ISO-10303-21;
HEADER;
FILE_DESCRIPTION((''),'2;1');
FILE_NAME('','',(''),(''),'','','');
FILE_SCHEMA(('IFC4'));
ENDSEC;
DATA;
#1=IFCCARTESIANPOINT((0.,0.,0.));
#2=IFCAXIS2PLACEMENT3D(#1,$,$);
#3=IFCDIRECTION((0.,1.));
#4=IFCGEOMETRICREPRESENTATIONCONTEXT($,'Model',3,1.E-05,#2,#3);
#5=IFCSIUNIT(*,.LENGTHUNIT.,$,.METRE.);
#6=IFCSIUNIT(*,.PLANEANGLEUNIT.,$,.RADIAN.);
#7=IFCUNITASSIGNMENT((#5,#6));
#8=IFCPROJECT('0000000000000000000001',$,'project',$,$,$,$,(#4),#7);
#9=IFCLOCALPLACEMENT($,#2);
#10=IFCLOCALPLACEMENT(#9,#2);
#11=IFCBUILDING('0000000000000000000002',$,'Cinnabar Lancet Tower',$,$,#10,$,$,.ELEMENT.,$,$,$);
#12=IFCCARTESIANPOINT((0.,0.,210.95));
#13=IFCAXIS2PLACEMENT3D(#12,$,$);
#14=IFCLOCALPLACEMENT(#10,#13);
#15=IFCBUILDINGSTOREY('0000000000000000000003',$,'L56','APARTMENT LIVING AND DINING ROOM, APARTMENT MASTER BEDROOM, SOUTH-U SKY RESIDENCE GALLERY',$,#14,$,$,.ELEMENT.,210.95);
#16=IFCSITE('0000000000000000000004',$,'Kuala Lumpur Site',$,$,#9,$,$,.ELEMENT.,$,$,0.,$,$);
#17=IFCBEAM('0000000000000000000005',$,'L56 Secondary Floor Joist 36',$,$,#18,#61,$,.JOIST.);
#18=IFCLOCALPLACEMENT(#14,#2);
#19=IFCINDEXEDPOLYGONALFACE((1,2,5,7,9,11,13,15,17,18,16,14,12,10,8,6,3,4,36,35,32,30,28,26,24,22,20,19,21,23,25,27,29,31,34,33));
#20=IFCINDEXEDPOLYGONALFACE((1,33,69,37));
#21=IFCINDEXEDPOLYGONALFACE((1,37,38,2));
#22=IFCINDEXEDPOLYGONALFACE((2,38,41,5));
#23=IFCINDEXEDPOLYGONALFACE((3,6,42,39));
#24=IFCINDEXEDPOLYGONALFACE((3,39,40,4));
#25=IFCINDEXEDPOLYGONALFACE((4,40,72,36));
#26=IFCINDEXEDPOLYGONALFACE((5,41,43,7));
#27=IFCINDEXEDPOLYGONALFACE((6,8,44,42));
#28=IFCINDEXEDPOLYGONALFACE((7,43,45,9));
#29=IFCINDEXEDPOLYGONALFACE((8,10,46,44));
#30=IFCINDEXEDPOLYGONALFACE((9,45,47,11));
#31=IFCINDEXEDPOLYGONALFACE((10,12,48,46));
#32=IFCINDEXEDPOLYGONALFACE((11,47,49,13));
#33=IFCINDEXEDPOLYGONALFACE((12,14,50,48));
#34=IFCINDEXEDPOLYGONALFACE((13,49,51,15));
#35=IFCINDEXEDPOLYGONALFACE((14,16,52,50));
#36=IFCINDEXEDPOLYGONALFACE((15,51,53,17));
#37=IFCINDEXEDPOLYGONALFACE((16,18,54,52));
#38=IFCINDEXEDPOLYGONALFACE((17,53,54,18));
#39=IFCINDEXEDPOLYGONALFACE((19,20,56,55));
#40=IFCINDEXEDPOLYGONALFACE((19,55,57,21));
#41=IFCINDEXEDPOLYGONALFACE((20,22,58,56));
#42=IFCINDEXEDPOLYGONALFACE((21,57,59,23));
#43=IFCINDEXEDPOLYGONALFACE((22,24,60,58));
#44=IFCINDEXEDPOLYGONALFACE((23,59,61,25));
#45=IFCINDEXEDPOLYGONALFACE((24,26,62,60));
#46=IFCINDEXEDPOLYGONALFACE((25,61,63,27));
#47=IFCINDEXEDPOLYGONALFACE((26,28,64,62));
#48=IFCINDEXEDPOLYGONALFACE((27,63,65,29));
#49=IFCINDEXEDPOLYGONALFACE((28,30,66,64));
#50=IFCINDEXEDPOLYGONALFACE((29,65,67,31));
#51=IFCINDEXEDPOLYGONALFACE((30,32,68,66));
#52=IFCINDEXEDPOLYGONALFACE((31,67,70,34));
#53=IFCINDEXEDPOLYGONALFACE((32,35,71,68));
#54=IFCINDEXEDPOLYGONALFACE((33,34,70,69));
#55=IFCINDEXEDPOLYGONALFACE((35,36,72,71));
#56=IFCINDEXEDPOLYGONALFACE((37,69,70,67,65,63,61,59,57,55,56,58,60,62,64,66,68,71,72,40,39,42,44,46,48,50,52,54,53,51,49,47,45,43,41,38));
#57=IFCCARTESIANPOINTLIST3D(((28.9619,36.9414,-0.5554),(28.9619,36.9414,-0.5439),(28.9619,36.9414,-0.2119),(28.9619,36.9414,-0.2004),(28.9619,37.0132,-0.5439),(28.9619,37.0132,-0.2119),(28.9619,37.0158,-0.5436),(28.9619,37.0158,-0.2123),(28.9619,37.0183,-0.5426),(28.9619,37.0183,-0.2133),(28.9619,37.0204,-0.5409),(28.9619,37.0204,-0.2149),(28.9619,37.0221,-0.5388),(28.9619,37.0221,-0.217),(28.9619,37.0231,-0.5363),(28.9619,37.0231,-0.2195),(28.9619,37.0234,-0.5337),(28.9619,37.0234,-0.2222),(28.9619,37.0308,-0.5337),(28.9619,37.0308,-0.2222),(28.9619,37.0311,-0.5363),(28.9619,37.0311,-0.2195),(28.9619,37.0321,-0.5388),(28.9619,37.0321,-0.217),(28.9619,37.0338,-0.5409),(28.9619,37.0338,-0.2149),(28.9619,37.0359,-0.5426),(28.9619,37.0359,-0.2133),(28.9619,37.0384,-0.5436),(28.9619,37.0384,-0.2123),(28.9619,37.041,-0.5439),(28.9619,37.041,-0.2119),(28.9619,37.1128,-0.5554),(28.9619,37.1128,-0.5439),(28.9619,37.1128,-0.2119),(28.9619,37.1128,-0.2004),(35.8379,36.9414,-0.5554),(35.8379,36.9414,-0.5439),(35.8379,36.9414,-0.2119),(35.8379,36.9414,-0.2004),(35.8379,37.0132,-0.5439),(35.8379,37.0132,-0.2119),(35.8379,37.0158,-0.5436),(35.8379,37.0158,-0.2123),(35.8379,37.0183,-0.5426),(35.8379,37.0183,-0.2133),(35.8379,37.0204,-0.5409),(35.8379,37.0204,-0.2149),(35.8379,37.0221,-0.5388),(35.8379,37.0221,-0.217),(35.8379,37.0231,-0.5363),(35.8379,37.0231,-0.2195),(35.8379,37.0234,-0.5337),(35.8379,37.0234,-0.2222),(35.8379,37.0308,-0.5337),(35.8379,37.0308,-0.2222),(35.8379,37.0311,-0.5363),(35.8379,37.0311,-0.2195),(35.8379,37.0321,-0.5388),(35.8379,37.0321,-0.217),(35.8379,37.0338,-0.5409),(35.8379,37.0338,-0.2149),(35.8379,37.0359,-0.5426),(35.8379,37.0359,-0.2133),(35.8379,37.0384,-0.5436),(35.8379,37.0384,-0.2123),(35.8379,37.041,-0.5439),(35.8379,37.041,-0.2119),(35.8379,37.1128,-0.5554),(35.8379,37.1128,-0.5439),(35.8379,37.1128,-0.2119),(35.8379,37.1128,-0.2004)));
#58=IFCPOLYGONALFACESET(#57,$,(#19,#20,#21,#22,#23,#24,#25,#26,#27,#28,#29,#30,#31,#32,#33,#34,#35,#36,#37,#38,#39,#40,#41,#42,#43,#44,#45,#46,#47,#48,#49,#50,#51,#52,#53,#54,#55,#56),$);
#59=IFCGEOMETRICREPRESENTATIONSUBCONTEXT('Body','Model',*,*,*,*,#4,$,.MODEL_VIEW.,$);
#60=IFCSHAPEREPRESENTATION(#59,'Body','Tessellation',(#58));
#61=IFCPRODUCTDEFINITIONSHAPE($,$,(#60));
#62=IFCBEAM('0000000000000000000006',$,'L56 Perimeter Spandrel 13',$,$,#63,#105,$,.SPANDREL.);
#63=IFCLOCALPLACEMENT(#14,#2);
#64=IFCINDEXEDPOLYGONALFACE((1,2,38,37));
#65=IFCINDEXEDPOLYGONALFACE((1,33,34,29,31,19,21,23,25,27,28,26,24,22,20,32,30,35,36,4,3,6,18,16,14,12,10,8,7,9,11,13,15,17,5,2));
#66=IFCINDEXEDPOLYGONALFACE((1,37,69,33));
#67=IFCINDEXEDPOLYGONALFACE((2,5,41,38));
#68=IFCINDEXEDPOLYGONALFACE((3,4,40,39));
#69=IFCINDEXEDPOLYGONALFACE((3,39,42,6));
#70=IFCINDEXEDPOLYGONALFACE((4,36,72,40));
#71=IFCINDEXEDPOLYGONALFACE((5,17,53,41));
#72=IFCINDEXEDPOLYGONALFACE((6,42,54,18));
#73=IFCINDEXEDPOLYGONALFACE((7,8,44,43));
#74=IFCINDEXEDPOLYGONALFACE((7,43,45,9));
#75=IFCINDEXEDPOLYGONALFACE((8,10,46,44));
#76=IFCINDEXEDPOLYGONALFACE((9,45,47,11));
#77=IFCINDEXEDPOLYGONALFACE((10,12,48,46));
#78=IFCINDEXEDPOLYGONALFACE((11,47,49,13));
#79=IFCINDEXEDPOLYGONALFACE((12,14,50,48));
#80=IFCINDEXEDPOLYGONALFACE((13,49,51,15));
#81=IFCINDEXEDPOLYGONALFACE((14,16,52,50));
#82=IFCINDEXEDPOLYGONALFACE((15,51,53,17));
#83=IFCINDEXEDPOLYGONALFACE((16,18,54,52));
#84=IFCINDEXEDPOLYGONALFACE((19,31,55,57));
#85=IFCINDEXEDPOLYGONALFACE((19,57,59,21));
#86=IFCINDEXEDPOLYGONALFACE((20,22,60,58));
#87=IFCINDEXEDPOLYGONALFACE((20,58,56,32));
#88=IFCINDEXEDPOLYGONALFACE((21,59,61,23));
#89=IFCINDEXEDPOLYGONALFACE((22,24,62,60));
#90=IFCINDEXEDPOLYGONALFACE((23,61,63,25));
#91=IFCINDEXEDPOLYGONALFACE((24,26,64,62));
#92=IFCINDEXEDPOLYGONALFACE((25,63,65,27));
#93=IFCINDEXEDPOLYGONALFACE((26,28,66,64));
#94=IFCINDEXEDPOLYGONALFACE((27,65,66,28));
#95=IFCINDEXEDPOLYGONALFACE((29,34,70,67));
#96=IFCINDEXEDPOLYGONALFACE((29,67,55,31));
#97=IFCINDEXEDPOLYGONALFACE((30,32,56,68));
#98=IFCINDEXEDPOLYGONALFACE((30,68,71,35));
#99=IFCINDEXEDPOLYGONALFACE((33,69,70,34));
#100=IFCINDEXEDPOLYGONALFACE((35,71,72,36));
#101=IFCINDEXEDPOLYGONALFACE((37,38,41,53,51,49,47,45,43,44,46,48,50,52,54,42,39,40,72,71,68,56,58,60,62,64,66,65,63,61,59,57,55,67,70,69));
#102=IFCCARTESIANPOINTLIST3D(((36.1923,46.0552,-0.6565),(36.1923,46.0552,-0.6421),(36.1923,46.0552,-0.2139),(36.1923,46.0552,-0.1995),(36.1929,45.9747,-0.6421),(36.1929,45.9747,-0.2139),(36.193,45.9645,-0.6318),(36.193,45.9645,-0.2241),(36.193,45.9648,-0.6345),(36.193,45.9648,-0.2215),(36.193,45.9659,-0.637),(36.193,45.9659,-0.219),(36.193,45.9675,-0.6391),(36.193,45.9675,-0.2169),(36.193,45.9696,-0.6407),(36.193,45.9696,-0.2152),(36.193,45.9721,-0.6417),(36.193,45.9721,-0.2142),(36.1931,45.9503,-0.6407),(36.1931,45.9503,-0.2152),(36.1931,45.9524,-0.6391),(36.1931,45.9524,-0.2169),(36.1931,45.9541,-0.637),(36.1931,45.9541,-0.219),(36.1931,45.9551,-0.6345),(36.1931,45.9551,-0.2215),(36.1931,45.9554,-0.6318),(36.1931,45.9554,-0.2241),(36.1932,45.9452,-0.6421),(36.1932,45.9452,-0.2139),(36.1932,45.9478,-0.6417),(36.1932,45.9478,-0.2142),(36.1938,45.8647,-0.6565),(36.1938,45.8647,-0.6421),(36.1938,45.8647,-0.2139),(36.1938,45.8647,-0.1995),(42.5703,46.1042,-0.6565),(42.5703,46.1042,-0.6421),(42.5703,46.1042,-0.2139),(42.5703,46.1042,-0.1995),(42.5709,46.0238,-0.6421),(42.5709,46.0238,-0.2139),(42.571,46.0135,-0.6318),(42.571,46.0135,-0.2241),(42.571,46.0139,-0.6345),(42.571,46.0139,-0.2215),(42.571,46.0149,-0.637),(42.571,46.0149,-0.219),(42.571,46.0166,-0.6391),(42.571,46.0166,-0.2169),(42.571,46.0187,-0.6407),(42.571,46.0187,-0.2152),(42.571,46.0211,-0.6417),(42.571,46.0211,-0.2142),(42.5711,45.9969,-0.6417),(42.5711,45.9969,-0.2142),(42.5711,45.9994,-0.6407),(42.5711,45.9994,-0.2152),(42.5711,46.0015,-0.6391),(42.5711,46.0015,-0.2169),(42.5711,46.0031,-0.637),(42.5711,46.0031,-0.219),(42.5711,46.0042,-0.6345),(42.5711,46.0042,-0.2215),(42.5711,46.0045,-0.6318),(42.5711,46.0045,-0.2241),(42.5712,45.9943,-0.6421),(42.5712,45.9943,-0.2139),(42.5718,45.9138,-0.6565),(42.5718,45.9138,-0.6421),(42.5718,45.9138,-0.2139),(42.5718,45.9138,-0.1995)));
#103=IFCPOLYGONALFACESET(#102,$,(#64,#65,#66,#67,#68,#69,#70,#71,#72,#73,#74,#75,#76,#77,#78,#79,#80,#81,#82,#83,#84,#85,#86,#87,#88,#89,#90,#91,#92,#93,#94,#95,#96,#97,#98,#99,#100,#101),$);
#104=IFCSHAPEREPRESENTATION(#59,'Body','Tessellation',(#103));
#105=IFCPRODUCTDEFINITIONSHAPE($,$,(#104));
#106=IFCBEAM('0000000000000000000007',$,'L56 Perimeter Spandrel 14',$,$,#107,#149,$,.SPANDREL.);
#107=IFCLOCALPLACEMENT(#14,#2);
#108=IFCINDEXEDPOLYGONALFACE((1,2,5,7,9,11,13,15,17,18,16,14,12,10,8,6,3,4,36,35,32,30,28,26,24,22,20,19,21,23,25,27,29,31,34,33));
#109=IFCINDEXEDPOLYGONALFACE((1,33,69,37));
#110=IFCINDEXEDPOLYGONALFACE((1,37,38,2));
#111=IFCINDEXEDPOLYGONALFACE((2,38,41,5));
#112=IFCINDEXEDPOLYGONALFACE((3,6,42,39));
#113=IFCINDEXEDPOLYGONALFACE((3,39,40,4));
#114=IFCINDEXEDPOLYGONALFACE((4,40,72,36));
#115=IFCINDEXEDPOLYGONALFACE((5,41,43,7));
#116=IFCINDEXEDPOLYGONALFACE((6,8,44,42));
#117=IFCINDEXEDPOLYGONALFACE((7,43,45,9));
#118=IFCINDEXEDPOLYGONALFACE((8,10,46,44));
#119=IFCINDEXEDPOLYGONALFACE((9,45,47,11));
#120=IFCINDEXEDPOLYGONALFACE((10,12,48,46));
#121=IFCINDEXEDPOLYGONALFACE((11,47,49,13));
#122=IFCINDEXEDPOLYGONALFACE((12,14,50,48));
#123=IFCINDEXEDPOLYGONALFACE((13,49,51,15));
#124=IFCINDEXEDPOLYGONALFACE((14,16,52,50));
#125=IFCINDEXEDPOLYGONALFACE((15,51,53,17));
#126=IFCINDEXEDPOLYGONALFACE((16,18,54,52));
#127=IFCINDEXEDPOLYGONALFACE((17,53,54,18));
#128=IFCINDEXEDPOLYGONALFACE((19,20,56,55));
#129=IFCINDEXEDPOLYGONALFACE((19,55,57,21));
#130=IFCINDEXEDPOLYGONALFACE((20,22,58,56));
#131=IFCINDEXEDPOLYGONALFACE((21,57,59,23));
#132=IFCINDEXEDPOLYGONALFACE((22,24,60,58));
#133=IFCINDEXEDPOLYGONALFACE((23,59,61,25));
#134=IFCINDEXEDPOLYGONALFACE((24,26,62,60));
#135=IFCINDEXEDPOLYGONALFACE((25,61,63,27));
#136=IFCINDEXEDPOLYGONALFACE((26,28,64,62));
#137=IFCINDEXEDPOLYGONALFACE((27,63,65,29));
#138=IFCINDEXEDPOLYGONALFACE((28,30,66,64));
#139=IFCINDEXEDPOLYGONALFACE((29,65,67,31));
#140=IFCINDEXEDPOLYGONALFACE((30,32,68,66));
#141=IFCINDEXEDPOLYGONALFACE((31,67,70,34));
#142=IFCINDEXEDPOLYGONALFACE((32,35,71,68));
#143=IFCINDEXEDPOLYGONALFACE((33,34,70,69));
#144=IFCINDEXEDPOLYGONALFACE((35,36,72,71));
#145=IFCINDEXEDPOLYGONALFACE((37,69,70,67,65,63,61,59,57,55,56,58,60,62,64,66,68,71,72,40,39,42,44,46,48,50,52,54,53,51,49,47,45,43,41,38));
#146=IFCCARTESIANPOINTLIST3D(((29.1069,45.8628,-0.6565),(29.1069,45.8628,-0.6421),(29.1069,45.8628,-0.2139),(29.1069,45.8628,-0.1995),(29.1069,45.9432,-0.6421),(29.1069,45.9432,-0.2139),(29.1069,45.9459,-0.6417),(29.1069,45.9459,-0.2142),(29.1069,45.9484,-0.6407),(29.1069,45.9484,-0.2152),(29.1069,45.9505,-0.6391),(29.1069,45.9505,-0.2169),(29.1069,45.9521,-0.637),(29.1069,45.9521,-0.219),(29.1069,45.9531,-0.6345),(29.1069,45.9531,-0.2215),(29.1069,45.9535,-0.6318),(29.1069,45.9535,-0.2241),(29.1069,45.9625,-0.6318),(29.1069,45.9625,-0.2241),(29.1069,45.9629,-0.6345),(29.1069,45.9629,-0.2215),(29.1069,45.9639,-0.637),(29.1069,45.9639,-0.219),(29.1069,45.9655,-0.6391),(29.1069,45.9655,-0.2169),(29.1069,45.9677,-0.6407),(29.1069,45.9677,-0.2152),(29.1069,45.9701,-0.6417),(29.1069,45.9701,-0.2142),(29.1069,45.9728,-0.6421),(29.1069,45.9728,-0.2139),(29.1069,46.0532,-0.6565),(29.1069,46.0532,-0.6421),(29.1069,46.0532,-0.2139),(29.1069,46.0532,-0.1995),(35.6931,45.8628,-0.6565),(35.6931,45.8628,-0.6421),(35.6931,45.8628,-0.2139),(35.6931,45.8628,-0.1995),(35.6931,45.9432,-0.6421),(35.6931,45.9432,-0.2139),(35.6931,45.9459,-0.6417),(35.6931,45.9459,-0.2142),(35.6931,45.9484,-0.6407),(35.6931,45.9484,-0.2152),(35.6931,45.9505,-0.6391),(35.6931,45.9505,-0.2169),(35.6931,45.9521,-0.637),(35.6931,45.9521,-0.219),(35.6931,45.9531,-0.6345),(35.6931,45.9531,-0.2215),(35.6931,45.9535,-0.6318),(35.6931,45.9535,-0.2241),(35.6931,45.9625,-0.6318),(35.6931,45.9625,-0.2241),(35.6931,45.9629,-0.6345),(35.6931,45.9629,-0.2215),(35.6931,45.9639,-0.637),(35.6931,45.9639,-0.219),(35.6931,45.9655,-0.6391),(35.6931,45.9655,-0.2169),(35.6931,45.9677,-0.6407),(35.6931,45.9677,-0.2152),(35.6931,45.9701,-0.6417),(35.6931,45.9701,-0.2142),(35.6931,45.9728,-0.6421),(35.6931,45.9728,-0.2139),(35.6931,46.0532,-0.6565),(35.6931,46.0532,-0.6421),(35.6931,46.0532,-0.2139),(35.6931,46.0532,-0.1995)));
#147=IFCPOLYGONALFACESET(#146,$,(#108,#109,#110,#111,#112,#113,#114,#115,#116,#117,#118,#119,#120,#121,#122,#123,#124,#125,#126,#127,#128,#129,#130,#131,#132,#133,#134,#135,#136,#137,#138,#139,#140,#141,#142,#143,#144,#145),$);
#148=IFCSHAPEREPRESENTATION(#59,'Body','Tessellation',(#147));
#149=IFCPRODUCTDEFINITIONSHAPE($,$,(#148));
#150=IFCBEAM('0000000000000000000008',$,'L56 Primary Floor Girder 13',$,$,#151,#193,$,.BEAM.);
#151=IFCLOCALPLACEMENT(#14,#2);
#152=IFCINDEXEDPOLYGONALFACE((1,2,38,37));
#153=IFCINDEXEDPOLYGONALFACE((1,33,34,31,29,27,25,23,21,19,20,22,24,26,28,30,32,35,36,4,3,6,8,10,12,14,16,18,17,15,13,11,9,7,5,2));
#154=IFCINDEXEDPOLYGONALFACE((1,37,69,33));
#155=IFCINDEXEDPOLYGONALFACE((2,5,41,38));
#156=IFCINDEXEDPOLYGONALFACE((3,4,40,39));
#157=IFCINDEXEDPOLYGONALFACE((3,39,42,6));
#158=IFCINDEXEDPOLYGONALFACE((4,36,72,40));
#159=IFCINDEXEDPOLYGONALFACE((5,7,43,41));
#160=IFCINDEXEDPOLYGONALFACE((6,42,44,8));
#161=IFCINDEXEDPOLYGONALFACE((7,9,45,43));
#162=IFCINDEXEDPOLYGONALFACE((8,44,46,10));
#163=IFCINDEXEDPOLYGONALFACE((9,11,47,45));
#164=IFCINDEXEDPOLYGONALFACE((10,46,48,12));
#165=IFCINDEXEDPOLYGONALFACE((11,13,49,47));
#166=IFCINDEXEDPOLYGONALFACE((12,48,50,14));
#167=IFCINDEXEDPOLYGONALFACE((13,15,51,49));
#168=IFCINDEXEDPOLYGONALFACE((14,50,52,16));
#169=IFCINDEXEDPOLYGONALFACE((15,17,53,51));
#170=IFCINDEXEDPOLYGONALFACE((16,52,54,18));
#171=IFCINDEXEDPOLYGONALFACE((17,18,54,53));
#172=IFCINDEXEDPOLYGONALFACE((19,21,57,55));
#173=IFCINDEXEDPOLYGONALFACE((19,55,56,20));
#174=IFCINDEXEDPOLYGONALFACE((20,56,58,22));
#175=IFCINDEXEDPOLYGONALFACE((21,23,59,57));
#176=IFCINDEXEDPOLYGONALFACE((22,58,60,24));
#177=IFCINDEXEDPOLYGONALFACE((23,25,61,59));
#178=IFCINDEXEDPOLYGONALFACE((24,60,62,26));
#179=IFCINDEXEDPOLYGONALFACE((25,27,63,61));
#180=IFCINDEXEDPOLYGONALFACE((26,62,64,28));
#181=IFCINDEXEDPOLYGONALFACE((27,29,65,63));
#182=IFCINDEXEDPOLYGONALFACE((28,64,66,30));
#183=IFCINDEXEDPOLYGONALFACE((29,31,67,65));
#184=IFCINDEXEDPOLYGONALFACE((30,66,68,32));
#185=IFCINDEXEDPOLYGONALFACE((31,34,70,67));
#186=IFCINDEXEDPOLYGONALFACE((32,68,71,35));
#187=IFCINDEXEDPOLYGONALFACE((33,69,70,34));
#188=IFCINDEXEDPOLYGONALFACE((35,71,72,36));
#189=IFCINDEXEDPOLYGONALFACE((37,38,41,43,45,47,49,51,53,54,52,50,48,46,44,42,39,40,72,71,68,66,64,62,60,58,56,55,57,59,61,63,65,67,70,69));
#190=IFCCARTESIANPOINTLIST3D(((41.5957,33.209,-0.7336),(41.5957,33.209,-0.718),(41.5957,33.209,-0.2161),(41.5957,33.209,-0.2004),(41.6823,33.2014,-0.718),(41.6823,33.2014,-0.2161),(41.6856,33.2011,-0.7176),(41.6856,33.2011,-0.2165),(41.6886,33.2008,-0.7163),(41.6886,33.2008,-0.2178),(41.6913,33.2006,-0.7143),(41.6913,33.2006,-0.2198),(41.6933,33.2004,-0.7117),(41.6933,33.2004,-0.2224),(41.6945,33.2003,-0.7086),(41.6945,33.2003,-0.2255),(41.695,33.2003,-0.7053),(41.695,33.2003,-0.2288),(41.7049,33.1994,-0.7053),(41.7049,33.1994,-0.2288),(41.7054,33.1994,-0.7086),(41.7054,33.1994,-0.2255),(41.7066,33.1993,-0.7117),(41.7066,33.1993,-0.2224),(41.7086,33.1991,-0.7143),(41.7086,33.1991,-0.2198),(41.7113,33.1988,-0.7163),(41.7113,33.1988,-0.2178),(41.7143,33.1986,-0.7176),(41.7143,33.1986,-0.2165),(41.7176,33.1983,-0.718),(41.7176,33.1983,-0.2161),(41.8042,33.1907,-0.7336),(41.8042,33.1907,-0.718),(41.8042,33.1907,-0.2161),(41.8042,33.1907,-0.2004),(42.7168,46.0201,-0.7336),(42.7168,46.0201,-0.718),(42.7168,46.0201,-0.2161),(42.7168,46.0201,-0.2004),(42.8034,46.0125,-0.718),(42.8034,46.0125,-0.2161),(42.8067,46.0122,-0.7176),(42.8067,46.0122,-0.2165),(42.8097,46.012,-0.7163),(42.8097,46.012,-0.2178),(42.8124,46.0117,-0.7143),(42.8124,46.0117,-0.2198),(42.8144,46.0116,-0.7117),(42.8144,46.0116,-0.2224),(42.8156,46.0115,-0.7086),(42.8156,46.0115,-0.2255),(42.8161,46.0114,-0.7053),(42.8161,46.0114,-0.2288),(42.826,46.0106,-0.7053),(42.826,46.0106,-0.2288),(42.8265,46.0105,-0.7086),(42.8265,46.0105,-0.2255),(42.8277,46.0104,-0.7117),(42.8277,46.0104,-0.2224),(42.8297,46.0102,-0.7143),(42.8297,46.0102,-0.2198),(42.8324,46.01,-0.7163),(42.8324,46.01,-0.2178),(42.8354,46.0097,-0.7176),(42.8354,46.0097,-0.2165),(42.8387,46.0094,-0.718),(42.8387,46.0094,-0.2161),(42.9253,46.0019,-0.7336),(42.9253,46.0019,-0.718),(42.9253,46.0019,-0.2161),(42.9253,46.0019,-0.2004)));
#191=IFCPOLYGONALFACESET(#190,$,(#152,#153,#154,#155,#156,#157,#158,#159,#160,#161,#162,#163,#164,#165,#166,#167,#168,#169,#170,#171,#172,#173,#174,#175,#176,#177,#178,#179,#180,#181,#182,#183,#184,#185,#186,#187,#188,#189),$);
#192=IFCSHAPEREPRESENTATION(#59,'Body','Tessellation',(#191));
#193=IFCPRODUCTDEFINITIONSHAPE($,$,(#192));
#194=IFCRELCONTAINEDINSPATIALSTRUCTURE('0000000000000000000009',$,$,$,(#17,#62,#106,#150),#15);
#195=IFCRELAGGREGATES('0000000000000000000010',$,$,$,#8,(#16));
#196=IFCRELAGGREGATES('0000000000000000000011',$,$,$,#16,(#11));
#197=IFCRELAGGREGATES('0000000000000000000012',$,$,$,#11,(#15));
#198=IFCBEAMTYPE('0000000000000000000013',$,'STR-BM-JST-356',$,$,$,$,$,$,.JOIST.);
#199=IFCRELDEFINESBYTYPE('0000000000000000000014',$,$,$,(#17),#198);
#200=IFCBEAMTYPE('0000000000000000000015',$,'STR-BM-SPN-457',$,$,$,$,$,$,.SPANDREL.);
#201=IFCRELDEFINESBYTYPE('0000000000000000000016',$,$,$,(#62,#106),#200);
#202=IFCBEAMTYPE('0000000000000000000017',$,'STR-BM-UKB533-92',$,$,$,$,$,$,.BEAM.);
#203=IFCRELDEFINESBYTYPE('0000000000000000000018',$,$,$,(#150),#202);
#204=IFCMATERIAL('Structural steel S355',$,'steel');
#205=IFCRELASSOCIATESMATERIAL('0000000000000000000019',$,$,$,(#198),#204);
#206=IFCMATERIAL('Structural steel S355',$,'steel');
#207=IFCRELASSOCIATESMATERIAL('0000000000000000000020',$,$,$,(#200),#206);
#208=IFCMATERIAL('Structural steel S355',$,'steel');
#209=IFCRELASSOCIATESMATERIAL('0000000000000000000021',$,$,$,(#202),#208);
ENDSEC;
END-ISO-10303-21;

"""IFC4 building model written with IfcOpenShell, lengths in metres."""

from ifc_helpers import new_model, si_unit, direction, frame, origin, origin_2d, place, context, subcontext, project, spatial, i_section, extrude, material, material_profile, profile_set, type_object, element, save


model = new_model("IFC4")

# Units and contexts
model_context = context("Model", 3, precision=1e-05, world=origin(), true_north=direction((0.0, 1.0)))
body_context = subcontext(model_context, "Body", "Model", "MODEL_VIEW")
ifc_project = project(units=[si_unit("LENGTHUNIT", "METRE"), si_unit("PLANEANGLEUNIT", "RADIAN")], contexts=[model_context])

# Site, building, storey
site_placement = place(None, origin())
site = spatial("IfcSite", under=ifc_project, at=site_placement, Name="Kuala Lumpur Site", CompositionType="ELEMENT", RefElevation=0.0)
building_placement = place(site_placement, origin())
building = spatial("IfcBuilding", under=site, at=building_placement, Name="Cinnabar Lancet Tower", CompositionType="ELEMENT")
storey_placement = place(building_placement, frame((0.0, 0.0, 210.95)))
storey = spatial("IfcBuildingStorey", under=building, at=storey_placement, Name="L56", Description="APARTMENT LIVING AND DINING ROOM, APARTMENT MASTER BEDROOM, SOUTH-U SKY RESIDENCE GALLERY", CompositionType="ELEMENT", Elevation=210.95)

# Beams
ifc_material_1 = material(Name="Structural steel S355", Category="steel")
ifc_material_profile_1 = material_profile(ifc_material_1, i_section(OverallWidth=0.1714, OverallDepth=0.355, WebThickness=0.0073, FlangeThickness=0.0115, FilletRadius=0.0103, at=origin_2d()), Name="UKB 356x171x51")
ifc_profile_set_1 = profile_set([ifc_material_profile_1], Name="Structural steel S355")
beam_type_1 = type_object("IfcBeamType", Name="STR-BM-JST-356", PredefinedType="JOIST", material=ifc_profile_set_1)
for number, where, z_axis, x_axis, name in (
    (1, (35.8379, 37.0271, -0.3779), (-1.0, 0.0, 0.0), (0.0, -1.0, 0.0), "L56 Secondary Floor Joist 36"),
):
    element("IfcBeam", number, at=place(storey_placement, frame(where, z_axis=z_axis, x_axis=x_axis)), inside=storey, type_object=beam_type_1, Name=name, PredefinedType="JOIST", context=body_context, shape_type="SweptSolid", body=[
        extrude(i_section(OverallWidth=0.1714, OverallDepth=0.355, WebThickness=0.0073, FlangeThickness=0.0115, FilletRadius=0.0103, at=origin_2d()), origin(), (0.0, 0.0, 1.0), 6.876),
    ])
ifc_material_2 = material(Name="Structural steel S355", Category="steel")
ifc_material_profile_2 = material_profile(ifc_material_2, i_section(OverallWidth=0.1904, OverallDepth=0.457, WebThickness=0.009, FlangeThickness=0.0144, FilletRadius=0.0103, at=origin_2d()), Name="UKB 457x191x74")
ifc_profile_set_2 = profile_set([ifc_material_profile_2], Name="Structural steel S355")
beam_type_2 = type_object("IfcBeamType", Name="STR-BM-SPN-457", PredefinedType="SPANDREL", material=ifc_profile_set_2)
beam_1_placement = place(storey_placement, frame((42.571, 46.009, -0.428), z_axis=(-0.99997, -0.007694, 0.0), x_axis=(0.007694, -0.99997, 0.0)))
element("IfcBeam", 2, at=beam_1_placement, inside=storey, type_object=beam_type_2, Name="L56 Perimeter Spandrel 13", PredefinedType="SPANDREL", context=body_context, shape_type="SweptSolid", body=[
    extrude(i_section(OverallWidth=0.1904, OverallDepth=0.457, WebThickness=0.009, FlangeThickness=0.0144, FilletRadius=0.0103, at=origin_2d()), origin(), (0.0, 0.0, 1.0), 6.3782),
])
beam_2_placement = place(storey_placement, frame((35.6931, 45.958, -0.428), z_axis=(-1.0, 0.0, 0.0), x_axis=(0.0, -1.0, 0.0)))
element("IfcBeam", 3, at=beam_2_placement, inside=storey, type_object=beam_type_2, Name="L56 Perimeter Spandrel 14", PredefinedType="SPANDREL", context=body_context, shape_type="SweptSolid", body=[
    extrude(i_section(OverallWidth=0.1904, OverallDepth=0.457, WebThickness=0.009, FlangeThickness=0.0144, FilletRadius=0.0103, at=origin_2d()), origin(), (0.0, 0.0, 1.0), 6.5862),
])
ifc_material_3 = material(Name="Structural steel S355", Category="steel")
ifc_material_profile_3 = material_profile(ifc_material_3, i_section(OverallWidth=0.2092, OverallDepth=0.5332, WebThickness=0.01, FlangeThickness=0.0156, FilletRadius=0.0127, at=origin_2d()), Name="UKB 533x210x92")
ifc_profile_set_3 = profile_set([ifc_material_profile_3], Name="Structural steel S355")
beam_type_3 = type_object("IfcBeamType", Name="STR-BM-UKB533-92", PredefinedType="BEAM", material=ifc_profile_set_3)
beam_3_placement = place(storey_placement, frame((42.821, 46.011, -0.467), z_axis=(-0.087177, -0.996193, 0.0), x_axis=(0.996193, -0.087177, 0.0)))
element("IfcBeam", 4, at=beam_3_placement, inside=storey, type_object=beam_type_3, Name="L56 Primary Floor Girder 13", PredefinedType="BEAM", context=body_context, shape_type="SweptSolid", body=[
    extrude(i_section(OverallWidth=0.2092, OverallDepth=0.5332, WebThickness=0.01, FlangeThickness=0.0156, FilletRadius=0.0127, at=origin_2d()), origin(), (0.0, 0.0, 1.0), 12.8601),
])

save(model, "model.ifc")
